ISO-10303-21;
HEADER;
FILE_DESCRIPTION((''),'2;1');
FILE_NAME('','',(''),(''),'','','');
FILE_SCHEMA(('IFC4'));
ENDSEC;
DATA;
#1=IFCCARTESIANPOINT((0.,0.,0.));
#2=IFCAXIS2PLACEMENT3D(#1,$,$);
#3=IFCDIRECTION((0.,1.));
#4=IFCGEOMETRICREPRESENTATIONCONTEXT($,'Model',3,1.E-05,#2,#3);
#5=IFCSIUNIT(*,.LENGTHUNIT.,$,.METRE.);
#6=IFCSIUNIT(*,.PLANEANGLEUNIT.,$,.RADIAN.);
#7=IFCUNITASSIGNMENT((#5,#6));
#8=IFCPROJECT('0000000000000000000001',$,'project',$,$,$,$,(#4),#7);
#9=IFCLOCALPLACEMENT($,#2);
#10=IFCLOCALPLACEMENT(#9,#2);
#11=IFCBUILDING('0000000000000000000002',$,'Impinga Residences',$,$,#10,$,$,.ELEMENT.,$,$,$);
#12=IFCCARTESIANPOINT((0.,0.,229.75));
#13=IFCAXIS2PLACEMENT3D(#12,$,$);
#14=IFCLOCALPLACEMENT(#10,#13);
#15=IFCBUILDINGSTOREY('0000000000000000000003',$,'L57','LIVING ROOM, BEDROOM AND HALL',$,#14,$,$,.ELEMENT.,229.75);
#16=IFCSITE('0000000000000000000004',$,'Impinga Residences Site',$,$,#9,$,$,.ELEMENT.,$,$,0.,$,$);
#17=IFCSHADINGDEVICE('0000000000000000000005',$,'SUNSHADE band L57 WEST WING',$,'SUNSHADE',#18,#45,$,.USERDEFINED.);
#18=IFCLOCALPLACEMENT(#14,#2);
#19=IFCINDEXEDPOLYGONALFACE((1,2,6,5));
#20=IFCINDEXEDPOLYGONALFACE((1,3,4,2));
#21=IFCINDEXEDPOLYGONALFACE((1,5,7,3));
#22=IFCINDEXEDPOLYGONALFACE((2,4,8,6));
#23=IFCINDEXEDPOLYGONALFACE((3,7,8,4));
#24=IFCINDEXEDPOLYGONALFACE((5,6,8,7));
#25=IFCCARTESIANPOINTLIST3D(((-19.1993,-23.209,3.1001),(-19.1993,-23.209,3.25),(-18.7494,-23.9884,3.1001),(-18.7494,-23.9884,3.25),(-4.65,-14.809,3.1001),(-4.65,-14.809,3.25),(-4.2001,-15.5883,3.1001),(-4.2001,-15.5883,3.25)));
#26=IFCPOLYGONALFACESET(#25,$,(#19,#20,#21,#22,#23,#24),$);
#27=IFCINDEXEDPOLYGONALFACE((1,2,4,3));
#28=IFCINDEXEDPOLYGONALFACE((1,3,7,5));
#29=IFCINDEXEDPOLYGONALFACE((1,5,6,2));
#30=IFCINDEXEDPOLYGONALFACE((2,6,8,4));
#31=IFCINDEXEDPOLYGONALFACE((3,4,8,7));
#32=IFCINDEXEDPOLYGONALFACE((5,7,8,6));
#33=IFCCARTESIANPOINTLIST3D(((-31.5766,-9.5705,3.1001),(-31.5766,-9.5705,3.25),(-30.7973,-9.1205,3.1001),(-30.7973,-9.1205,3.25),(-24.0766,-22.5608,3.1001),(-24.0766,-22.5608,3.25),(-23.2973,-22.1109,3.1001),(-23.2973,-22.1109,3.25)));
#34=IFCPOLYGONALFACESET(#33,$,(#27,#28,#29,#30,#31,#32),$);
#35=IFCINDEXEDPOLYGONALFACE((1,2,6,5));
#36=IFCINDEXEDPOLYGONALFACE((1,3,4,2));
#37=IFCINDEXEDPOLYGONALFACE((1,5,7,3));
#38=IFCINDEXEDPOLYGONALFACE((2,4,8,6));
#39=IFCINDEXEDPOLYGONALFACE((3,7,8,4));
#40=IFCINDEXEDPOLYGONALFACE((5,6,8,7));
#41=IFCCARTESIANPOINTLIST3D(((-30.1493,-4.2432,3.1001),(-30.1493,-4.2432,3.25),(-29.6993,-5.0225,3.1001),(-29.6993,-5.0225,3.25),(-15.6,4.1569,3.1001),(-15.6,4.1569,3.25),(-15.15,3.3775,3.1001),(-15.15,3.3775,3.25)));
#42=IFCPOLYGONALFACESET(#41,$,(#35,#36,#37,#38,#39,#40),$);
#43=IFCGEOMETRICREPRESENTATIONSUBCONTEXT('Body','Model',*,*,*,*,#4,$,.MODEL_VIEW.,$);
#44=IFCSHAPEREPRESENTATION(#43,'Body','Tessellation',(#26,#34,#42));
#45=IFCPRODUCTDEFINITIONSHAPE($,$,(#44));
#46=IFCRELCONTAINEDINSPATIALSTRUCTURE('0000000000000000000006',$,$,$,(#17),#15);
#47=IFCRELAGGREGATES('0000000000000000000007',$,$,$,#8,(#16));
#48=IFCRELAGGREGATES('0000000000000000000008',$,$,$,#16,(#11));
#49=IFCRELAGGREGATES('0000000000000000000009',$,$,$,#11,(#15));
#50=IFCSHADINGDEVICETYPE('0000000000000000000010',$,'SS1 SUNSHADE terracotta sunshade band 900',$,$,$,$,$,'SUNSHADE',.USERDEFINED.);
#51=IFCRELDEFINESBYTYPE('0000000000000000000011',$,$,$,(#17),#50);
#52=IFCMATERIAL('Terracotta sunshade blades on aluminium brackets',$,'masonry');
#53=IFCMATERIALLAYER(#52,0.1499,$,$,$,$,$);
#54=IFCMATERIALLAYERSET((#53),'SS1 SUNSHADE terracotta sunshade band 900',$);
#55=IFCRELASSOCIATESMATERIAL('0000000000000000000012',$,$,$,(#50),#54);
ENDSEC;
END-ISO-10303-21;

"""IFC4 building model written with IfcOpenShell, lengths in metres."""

from ifc_helpers import new_model, si_unit, direction, frame, origin, origin_2d, place, context, subcontext, project, spatial, rectangle, extrude, material, layer, layer_set, type_object, element, save


model = new_model("IFC4")

# Units and contexts
model_context = context("Model", 3, precision=1e-05, world=origin(), true_north=direction((0.0, 1.0)))
body_context = subcontext(model_context, "Body", "Model", "MODEL_VIEW")
ifc_project = project(units=[si_unit("LENGTHUNIT", "METRE"), si_unit("PLANEANGLEUNIT", "RADIAN")], contexts=[model_context])

# Site, building, storey
site_placement = place(None, origin())
site = spatial("IfcSite", under=ifc_project, at=site_placement, Name="Impinga Residences Site", CompositionType="ELEMENT", RefElevation=0.0)
building_placement = place(site_placement, origin())
building = spatial("IfcBuilding", under=site, at=building_placement, Name="Impinga Residences", CompositionType="ELEMENT")
storey_placement = place(building_placement, frame((0.0, 0.0, 229.75)))
storey = spatial("IfcBuildingStorey", under=building, at=storey_placement, Name="L57", Description="LIVING ROOM, BEDROOM AND HALL", CompositionType="ELEMENT", Elevation=229.75)

# Shading device
ifc_material_1 = material(Name="Terracotta sunshade blades on aluminium brackets", Category="masonry")
ifc_layer_1 = layer(ifc_material_1, 0.1499)
ifc_layer_set_1 = layer_set([ifc_layer_1], Name="SS1 SUNSHADE terracotta sunshade band 900")
shading_device_type = type_object("IfcShadingDeviceType", Name="SS1 SUNSHADE terracotta sunshade band 900", ElementType="SUNSHADE", PredefinedType="USERDEFINED", material=ifc_layer_set_1)
shading_device_placement = place(storey_placement, frame((-11.6997, -19.3987, 3.1001), z_axis=(0.0, 0.0, 1.0), x_axis=(-0.866025, -0.5, 0.0)))
element("IfcShadingDevice", 1, at=shading_device_placement, inside=storey, type_object=shading_device_type, Name="SUNSHADE band L57 WEST WING", ObjectType="SUNSHADE", PredefinedType="USERDEFINED", context=body_context, shape_type="SweptSolid", body=[
    extrude(rectangle(XDim=16.8, YDim=0.8999, at=origin_2d()), origin(), (0.0, 0.0, 1.0), 0.1499),
    extrude(rectangle(XDim=15.0, YDim=0.8999, at=origin_2d()), frame((11.8499, -10.95, 0.0), z_axis=(0.0, 0.0, 1.0), x_axis=(0.0, -1.0, 0.0)), (0.0, 0.0, 1.0), 0.1499),
    extrude(rectangle(XDim=16.8, YDim=0.8999, at=origin_2d()), frame((0.0, -21.8999, 0.0), z_axis=(0.0, 0.0, 1.0), x_axis=(-1.0, 0.0, 0.0)), (0.0, 0.0, 1.0), 0.1499),
])

save(model, "model.ifc")
